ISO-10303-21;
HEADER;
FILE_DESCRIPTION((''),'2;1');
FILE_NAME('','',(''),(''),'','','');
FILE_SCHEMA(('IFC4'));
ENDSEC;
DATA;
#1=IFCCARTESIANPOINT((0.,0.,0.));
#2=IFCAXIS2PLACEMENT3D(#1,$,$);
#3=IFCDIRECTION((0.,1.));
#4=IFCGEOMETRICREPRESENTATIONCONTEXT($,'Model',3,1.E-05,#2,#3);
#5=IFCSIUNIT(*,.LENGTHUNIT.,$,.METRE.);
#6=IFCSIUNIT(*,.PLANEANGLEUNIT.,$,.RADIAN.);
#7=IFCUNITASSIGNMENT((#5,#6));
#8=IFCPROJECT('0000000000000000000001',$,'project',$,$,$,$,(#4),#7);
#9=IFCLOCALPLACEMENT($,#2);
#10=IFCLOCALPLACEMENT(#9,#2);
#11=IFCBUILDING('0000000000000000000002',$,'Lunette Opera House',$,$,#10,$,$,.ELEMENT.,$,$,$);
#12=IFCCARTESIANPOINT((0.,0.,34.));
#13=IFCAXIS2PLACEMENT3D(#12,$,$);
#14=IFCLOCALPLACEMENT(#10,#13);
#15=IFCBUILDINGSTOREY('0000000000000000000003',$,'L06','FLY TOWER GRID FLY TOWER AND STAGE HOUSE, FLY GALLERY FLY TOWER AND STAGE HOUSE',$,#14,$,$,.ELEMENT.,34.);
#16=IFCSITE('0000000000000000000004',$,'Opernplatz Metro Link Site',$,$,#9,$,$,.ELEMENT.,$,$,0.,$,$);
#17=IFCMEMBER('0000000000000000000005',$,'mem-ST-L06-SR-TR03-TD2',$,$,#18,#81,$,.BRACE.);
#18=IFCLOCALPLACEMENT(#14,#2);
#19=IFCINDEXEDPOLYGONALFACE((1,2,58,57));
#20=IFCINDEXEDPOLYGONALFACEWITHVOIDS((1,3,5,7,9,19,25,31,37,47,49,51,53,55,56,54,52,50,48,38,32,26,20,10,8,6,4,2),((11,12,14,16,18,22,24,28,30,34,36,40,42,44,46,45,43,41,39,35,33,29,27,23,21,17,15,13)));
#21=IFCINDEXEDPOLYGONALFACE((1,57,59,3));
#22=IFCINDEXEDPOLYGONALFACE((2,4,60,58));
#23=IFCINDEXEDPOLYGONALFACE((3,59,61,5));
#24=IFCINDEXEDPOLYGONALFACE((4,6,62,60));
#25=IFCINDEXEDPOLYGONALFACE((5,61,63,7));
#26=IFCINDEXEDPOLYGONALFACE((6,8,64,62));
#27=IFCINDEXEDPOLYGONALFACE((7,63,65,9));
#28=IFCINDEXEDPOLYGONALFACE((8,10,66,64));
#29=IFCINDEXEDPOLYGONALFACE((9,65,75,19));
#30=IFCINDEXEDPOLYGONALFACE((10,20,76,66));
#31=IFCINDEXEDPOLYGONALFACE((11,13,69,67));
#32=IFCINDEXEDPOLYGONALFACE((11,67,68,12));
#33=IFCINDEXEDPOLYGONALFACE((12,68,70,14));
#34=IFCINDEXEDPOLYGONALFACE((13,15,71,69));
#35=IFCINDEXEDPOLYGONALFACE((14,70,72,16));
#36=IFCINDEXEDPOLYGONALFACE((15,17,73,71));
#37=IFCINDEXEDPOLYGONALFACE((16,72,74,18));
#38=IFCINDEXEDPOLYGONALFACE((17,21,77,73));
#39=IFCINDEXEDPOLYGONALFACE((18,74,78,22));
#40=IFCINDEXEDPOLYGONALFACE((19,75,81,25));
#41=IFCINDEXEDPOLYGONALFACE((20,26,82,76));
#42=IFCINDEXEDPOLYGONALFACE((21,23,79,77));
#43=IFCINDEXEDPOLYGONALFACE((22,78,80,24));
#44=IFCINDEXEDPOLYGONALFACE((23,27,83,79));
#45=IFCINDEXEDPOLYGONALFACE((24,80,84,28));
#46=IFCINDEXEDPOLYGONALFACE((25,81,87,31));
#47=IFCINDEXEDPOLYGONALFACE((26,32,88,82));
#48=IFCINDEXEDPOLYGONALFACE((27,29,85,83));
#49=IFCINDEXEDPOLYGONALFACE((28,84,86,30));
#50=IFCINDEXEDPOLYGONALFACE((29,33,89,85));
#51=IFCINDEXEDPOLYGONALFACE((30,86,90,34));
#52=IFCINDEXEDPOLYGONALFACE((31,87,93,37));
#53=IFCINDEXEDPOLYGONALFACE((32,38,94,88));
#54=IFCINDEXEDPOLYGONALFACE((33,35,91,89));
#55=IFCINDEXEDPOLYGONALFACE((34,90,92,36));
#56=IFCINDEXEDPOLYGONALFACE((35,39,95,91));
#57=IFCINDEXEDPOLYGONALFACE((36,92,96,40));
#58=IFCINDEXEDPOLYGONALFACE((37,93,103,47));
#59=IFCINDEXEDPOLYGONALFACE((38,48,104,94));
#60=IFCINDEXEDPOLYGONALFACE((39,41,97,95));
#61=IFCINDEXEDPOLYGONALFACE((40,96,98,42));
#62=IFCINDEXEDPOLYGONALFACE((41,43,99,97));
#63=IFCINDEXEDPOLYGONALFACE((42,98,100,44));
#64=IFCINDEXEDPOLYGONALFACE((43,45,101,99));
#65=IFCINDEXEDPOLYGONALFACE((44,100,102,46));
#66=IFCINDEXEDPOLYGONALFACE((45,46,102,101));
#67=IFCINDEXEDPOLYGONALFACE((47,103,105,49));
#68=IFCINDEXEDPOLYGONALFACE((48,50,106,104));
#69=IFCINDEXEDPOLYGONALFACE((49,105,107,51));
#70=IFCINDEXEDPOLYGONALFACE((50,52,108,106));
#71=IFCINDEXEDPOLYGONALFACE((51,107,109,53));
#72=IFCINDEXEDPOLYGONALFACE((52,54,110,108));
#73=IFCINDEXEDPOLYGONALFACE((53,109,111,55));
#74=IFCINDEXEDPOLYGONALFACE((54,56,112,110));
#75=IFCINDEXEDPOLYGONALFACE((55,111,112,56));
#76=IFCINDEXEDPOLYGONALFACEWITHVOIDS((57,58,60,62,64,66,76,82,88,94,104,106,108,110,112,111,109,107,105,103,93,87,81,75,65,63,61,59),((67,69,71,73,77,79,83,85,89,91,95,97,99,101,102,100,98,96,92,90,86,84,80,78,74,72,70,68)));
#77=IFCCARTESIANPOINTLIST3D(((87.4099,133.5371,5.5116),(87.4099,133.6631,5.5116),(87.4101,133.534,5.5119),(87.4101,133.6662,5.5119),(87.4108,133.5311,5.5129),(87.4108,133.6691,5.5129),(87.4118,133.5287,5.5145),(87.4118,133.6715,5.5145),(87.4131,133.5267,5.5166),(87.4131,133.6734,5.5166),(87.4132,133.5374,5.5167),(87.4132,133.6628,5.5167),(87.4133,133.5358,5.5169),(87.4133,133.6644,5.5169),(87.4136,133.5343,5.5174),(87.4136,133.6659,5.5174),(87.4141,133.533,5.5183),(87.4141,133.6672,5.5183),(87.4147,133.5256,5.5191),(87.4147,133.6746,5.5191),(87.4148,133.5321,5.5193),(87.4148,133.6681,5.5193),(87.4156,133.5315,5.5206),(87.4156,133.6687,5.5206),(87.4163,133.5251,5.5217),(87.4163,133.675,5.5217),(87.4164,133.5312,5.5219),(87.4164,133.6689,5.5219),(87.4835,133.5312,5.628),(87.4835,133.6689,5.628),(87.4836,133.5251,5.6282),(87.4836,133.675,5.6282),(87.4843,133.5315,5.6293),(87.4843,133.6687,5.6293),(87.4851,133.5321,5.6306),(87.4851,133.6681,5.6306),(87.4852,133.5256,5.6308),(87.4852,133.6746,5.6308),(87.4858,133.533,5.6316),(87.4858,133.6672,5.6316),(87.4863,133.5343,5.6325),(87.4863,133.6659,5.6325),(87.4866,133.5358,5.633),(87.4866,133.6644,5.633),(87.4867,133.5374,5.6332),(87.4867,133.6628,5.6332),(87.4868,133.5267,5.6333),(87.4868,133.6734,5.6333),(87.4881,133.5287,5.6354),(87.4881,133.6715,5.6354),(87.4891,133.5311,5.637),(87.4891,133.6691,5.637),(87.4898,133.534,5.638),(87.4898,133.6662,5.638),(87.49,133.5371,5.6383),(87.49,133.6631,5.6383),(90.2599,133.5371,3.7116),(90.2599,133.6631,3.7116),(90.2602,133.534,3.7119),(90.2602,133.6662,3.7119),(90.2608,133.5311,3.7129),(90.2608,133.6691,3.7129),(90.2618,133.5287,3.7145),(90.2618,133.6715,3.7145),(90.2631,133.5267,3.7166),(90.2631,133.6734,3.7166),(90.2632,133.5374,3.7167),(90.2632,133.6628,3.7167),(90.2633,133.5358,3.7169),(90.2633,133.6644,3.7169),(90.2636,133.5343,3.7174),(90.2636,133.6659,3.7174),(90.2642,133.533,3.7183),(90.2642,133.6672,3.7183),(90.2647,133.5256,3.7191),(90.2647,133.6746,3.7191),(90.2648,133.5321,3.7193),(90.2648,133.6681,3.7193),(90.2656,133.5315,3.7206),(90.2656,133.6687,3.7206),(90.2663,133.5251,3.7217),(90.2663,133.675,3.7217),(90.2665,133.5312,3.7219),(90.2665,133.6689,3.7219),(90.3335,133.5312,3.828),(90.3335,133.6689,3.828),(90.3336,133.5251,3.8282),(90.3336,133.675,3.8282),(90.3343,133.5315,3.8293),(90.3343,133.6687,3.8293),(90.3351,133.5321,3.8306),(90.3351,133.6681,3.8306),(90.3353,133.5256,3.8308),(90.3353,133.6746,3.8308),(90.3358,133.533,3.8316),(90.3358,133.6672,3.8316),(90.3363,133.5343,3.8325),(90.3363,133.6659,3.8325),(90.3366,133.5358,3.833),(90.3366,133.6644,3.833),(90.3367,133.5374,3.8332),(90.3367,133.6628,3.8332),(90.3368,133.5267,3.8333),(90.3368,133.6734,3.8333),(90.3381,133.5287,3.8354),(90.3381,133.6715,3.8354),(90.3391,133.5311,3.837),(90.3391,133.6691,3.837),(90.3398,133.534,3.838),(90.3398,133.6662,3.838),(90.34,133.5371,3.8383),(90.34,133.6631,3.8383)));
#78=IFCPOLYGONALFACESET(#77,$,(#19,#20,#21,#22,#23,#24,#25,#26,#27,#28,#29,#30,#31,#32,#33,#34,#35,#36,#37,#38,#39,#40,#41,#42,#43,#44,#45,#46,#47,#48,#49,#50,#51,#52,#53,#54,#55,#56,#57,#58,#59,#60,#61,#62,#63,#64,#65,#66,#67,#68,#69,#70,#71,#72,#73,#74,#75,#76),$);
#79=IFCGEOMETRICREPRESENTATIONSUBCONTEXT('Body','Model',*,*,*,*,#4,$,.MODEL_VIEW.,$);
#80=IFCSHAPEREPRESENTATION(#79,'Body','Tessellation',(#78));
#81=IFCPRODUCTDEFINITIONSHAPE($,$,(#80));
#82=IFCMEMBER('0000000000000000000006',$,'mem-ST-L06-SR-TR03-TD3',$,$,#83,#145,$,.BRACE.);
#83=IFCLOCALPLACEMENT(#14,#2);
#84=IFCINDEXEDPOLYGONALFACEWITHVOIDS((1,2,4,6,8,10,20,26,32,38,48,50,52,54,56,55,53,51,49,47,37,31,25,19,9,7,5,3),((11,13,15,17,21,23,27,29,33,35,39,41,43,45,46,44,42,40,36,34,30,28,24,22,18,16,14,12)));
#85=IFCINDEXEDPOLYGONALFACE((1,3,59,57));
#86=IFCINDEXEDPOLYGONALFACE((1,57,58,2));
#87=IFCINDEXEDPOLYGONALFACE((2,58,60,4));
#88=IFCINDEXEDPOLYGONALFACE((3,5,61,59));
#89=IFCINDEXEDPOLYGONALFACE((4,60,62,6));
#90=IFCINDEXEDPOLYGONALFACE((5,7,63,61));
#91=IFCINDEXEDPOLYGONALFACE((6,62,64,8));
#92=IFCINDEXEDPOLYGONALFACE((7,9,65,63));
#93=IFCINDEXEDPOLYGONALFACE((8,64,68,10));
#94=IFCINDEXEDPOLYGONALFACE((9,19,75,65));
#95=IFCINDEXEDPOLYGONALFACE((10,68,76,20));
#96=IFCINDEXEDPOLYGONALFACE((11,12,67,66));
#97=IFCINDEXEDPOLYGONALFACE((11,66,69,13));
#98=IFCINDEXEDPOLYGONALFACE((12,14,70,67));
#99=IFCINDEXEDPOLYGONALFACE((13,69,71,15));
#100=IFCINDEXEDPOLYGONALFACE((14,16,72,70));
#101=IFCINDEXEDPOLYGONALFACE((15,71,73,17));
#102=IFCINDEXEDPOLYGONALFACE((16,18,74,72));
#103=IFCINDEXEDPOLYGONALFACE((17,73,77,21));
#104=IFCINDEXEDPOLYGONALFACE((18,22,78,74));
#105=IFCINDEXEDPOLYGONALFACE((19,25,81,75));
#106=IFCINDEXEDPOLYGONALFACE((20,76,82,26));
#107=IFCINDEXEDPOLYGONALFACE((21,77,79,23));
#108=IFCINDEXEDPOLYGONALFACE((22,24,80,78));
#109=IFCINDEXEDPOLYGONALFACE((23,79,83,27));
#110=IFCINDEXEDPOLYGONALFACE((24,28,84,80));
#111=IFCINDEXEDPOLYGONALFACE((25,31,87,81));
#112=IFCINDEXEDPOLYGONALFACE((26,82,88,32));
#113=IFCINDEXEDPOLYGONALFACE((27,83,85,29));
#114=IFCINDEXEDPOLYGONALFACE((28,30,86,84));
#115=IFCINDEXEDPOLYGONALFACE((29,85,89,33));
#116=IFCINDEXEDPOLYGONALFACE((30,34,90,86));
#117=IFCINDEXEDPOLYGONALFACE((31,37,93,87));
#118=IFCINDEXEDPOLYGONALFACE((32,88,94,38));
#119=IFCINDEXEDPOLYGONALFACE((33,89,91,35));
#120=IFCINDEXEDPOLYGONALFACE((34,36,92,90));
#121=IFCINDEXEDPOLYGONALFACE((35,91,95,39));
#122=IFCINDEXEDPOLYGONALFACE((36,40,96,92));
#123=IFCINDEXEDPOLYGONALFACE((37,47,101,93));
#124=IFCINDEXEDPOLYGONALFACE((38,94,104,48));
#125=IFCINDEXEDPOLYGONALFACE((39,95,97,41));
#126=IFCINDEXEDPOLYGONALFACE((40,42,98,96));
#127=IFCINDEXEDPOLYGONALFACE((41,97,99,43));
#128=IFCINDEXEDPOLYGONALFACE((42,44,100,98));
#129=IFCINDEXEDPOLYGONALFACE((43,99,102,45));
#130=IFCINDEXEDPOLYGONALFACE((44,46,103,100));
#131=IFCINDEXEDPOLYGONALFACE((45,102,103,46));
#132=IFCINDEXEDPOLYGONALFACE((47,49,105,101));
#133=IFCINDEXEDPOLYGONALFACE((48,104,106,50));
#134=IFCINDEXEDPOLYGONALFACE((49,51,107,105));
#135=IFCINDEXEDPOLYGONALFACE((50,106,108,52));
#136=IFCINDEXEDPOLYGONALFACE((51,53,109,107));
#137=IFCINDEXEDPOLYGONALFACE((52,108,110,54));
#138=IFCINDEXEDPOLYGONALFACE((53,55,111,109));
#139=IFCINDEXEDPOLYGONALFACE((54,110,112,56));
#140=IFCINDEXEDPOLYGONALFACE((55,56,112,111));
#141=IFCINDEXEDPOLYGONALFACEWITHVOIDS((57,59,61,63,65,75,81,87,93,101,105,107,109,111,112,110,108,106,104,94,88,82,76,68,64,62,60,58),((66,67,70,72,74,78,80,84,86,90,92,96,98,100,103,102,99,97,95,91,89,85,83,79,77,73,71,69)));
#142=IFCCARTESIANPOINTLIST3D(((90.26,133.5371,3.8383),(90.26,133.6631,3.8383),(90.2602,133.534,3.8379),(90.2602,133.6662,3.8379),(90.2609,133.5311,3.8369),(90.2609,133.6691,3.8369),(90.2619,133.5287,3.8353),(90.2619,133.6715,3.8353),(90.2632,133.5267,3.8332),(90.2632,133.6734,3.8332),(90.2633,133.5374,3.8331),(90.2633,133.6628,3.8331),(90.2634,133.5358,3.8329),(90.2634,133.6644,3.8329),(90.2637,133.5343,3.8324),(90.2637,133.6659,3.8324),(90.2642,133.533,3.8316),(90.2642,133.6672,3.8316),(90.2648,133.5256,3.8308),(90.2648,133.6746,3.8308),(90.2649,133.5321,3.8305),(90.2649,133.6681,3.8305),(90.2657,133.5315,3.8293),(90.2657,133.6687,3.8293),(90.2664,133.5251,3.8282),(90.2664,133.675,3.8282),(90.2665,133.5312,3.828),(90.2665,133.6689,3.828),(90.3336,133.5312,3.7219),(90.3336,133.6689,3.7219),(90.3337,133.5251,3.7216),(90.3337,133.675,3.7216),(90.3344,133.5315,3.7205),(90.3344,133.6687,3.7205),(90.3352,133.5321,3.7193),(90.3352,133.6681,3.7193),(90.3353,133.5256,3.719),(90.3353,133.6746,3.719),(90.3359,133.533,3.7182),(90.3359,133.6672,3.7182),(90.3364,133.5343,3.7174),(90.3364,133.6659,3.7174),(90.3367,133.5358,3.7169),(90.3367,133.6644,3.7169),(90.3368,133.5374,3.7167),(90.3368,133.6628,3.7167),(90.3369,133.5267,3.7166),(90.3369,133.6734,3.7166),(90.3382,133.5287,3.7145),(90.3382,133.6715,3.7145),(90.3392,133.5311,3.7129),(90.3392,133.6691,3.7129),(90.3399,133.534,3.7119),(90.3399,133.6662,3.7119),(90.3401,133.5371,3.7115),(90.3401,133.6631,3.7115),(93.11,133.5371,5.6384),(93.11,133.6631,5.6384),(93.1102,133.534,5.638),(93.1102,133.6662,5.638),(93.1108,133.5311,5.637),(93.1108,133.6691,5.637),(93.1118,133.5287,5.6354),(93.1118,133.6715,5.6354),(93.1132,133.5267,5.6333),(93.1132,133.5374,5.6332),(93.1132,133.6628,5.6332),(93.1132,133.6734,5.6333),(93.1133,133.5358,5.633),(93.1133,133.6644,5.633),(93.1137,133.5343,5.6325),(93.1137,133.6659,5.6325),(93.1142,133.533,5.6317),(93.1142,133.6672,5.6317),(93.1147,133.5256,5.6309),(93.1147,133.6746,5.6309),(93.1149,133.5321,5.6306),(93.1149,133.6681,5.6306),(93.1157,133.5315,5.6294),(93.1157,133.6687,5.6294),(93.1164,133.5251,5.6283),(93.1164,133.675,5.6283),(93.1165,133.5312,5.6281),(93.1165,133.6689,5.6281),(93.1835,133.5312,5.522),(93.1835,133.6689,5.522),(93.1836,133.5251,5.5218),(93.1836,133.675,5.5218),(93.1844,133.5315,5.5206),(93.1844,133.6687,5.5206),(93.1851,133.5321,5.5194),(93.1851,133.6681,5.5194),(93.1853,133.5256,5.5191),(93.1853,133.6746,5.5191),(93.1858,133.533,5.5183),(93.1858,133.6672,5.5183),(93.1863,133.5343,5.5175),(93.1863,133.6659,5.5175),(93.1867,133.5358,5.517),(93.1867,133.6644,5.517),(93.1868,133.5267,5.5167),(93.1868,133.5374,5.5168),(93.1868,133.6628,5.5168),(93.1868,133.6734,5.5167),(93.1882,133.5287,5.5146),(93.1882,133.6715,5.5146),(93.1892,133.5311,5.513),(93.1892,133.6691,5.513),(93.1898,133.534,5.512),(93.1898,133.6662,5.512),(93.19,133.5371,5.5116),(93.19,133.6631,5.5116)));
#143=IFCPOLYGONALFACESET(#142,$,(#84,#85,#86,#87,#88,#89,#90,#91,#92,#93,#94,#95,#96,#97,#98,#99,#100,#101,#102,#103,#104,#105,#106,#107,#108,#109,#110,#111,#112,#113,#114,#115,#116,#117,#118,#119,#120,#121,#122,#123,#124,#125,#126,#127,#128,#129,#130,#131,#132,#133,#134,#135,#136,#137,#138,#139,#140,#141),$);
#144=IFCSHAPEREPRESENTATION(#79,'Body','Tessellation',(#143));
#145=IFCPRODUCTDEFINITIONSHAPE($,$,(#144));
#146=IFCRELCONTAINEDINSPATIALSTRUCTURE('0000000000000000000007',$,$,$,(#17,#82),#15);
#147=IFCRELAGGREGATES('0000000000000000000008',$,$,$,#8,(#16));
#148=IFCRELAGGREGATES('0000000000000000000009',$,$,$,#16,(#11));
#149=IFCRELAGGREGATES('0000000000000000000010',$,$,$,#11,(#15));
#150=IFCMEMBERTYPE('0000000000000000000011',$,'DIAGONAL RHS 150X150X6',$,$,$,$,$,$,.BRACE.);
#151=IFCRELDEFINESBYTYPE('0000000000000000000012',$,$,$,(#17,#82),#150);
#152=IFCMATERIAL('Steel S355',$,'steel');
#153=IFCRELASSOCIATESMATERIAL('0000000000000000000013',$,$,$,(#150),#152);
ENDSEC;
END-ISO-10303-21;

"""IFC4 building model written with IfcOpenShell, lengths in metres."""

from ifc_helpers import new_model, si_unit, direction, frame, origin, origin_2d, place, context, subcontext, project, spatial, hollow_rectangle, extrude, material, material_profile, profile_set, type_object, element, save


model = new_model("IFC4")

# Units and contexts
model_context = context("Model", 3, precision=1e-05, world=origin(), true_north=direction((0.0, 1.0)))
body_context = subcontext(model_context, "Body", "Model", "MODEL_VIEW")
ifc_project = project(units=[si_unit("LENGTHUNIT", "METRE"), si_unit("PLANEANGLEUNIT", "RADIAN")], contexts=[model_context])

# Site, building, storey
site_placement = place(None, origin())
site = spatial("IfcSite", under=ifc_project, at=site_placement, Name="Opernplatz Metro Link Site", CompositionType="ELEMENT", RefElevation=0.0)
building_placement = place(site_placement, origin())
building = spatial("IfcBuilding", under=site, at=building_placement, Name="Lunette Opera House", CompositionType="ELEMENT")
storey_placement = place(building_placement, frame((0.0, 0.0, 34.0)))
storey = spatial("IfcBuildingStorey", under=building, at=storey_placement, Name="L06", Description="FLY TOWER GRID FLY TOWER AND STAGE HOUSE, FLY GALLERY FLY TOWER AND STAGE HOUSE", CompositionType="ELEMENT", Elevation=34.0)

# Members
ifc_material_1 = material(Name="Steel S355", Category="steel")
ifc_material_profile_1 = material_profile(ifc_material_1, hollow_rectangle(XDim=0.1499, YDim=0.1499, WallThickness=0.0061, InnerFilletRadius=0.0061, OuterFilletRadius=0.012, at=origin_2d()), Name="RHS 150X150X6")
ifc_profile_set_1 = profile_set([ifc_material_profile_1], Name="Steel S355")
member_type_1 = type_object("IfcMemberType", Name="DIAGONAL RHS 150X150X6", PredefinedType="BRACE", material=ifc_profile_set_1)
for number, where, z_axis, x_axis, name in (
    (1, (87.45, 133.6001, 5.575), (0.845491, 0.0, -0.53399), (0.0, 1.0, 0.0), "mem-ST-L06-SR-TR03-TD2"),
    (2, (90.3, 133.6001, 3.7749), (0.84547, 0.0, 0.534023), (0.0, 1.0, 0.0), "mem-ST-L06-SR-TR03-TD3"),
):
    element("IfcMember", number, at=place(storey_placement, frame(where, z_axis=z_axis, x_axis=x_axis)), inside=storey, type_object=member_type_1, Name=name, PredefinedType="BRACE", context=body_context, shape_type="SweptSolid", body=[
        extrude(hollow_rectangle(XDim=0.1499, YDim=0.1499, WallThickness=0.0061, InnerFilletRadius=0.0061, OuterFilletRadius=0.012, at=origin_2d()), origin(), (0.0, 0.0, 1.0), 3.3708),
    ])

save(model, "model.ifc")
